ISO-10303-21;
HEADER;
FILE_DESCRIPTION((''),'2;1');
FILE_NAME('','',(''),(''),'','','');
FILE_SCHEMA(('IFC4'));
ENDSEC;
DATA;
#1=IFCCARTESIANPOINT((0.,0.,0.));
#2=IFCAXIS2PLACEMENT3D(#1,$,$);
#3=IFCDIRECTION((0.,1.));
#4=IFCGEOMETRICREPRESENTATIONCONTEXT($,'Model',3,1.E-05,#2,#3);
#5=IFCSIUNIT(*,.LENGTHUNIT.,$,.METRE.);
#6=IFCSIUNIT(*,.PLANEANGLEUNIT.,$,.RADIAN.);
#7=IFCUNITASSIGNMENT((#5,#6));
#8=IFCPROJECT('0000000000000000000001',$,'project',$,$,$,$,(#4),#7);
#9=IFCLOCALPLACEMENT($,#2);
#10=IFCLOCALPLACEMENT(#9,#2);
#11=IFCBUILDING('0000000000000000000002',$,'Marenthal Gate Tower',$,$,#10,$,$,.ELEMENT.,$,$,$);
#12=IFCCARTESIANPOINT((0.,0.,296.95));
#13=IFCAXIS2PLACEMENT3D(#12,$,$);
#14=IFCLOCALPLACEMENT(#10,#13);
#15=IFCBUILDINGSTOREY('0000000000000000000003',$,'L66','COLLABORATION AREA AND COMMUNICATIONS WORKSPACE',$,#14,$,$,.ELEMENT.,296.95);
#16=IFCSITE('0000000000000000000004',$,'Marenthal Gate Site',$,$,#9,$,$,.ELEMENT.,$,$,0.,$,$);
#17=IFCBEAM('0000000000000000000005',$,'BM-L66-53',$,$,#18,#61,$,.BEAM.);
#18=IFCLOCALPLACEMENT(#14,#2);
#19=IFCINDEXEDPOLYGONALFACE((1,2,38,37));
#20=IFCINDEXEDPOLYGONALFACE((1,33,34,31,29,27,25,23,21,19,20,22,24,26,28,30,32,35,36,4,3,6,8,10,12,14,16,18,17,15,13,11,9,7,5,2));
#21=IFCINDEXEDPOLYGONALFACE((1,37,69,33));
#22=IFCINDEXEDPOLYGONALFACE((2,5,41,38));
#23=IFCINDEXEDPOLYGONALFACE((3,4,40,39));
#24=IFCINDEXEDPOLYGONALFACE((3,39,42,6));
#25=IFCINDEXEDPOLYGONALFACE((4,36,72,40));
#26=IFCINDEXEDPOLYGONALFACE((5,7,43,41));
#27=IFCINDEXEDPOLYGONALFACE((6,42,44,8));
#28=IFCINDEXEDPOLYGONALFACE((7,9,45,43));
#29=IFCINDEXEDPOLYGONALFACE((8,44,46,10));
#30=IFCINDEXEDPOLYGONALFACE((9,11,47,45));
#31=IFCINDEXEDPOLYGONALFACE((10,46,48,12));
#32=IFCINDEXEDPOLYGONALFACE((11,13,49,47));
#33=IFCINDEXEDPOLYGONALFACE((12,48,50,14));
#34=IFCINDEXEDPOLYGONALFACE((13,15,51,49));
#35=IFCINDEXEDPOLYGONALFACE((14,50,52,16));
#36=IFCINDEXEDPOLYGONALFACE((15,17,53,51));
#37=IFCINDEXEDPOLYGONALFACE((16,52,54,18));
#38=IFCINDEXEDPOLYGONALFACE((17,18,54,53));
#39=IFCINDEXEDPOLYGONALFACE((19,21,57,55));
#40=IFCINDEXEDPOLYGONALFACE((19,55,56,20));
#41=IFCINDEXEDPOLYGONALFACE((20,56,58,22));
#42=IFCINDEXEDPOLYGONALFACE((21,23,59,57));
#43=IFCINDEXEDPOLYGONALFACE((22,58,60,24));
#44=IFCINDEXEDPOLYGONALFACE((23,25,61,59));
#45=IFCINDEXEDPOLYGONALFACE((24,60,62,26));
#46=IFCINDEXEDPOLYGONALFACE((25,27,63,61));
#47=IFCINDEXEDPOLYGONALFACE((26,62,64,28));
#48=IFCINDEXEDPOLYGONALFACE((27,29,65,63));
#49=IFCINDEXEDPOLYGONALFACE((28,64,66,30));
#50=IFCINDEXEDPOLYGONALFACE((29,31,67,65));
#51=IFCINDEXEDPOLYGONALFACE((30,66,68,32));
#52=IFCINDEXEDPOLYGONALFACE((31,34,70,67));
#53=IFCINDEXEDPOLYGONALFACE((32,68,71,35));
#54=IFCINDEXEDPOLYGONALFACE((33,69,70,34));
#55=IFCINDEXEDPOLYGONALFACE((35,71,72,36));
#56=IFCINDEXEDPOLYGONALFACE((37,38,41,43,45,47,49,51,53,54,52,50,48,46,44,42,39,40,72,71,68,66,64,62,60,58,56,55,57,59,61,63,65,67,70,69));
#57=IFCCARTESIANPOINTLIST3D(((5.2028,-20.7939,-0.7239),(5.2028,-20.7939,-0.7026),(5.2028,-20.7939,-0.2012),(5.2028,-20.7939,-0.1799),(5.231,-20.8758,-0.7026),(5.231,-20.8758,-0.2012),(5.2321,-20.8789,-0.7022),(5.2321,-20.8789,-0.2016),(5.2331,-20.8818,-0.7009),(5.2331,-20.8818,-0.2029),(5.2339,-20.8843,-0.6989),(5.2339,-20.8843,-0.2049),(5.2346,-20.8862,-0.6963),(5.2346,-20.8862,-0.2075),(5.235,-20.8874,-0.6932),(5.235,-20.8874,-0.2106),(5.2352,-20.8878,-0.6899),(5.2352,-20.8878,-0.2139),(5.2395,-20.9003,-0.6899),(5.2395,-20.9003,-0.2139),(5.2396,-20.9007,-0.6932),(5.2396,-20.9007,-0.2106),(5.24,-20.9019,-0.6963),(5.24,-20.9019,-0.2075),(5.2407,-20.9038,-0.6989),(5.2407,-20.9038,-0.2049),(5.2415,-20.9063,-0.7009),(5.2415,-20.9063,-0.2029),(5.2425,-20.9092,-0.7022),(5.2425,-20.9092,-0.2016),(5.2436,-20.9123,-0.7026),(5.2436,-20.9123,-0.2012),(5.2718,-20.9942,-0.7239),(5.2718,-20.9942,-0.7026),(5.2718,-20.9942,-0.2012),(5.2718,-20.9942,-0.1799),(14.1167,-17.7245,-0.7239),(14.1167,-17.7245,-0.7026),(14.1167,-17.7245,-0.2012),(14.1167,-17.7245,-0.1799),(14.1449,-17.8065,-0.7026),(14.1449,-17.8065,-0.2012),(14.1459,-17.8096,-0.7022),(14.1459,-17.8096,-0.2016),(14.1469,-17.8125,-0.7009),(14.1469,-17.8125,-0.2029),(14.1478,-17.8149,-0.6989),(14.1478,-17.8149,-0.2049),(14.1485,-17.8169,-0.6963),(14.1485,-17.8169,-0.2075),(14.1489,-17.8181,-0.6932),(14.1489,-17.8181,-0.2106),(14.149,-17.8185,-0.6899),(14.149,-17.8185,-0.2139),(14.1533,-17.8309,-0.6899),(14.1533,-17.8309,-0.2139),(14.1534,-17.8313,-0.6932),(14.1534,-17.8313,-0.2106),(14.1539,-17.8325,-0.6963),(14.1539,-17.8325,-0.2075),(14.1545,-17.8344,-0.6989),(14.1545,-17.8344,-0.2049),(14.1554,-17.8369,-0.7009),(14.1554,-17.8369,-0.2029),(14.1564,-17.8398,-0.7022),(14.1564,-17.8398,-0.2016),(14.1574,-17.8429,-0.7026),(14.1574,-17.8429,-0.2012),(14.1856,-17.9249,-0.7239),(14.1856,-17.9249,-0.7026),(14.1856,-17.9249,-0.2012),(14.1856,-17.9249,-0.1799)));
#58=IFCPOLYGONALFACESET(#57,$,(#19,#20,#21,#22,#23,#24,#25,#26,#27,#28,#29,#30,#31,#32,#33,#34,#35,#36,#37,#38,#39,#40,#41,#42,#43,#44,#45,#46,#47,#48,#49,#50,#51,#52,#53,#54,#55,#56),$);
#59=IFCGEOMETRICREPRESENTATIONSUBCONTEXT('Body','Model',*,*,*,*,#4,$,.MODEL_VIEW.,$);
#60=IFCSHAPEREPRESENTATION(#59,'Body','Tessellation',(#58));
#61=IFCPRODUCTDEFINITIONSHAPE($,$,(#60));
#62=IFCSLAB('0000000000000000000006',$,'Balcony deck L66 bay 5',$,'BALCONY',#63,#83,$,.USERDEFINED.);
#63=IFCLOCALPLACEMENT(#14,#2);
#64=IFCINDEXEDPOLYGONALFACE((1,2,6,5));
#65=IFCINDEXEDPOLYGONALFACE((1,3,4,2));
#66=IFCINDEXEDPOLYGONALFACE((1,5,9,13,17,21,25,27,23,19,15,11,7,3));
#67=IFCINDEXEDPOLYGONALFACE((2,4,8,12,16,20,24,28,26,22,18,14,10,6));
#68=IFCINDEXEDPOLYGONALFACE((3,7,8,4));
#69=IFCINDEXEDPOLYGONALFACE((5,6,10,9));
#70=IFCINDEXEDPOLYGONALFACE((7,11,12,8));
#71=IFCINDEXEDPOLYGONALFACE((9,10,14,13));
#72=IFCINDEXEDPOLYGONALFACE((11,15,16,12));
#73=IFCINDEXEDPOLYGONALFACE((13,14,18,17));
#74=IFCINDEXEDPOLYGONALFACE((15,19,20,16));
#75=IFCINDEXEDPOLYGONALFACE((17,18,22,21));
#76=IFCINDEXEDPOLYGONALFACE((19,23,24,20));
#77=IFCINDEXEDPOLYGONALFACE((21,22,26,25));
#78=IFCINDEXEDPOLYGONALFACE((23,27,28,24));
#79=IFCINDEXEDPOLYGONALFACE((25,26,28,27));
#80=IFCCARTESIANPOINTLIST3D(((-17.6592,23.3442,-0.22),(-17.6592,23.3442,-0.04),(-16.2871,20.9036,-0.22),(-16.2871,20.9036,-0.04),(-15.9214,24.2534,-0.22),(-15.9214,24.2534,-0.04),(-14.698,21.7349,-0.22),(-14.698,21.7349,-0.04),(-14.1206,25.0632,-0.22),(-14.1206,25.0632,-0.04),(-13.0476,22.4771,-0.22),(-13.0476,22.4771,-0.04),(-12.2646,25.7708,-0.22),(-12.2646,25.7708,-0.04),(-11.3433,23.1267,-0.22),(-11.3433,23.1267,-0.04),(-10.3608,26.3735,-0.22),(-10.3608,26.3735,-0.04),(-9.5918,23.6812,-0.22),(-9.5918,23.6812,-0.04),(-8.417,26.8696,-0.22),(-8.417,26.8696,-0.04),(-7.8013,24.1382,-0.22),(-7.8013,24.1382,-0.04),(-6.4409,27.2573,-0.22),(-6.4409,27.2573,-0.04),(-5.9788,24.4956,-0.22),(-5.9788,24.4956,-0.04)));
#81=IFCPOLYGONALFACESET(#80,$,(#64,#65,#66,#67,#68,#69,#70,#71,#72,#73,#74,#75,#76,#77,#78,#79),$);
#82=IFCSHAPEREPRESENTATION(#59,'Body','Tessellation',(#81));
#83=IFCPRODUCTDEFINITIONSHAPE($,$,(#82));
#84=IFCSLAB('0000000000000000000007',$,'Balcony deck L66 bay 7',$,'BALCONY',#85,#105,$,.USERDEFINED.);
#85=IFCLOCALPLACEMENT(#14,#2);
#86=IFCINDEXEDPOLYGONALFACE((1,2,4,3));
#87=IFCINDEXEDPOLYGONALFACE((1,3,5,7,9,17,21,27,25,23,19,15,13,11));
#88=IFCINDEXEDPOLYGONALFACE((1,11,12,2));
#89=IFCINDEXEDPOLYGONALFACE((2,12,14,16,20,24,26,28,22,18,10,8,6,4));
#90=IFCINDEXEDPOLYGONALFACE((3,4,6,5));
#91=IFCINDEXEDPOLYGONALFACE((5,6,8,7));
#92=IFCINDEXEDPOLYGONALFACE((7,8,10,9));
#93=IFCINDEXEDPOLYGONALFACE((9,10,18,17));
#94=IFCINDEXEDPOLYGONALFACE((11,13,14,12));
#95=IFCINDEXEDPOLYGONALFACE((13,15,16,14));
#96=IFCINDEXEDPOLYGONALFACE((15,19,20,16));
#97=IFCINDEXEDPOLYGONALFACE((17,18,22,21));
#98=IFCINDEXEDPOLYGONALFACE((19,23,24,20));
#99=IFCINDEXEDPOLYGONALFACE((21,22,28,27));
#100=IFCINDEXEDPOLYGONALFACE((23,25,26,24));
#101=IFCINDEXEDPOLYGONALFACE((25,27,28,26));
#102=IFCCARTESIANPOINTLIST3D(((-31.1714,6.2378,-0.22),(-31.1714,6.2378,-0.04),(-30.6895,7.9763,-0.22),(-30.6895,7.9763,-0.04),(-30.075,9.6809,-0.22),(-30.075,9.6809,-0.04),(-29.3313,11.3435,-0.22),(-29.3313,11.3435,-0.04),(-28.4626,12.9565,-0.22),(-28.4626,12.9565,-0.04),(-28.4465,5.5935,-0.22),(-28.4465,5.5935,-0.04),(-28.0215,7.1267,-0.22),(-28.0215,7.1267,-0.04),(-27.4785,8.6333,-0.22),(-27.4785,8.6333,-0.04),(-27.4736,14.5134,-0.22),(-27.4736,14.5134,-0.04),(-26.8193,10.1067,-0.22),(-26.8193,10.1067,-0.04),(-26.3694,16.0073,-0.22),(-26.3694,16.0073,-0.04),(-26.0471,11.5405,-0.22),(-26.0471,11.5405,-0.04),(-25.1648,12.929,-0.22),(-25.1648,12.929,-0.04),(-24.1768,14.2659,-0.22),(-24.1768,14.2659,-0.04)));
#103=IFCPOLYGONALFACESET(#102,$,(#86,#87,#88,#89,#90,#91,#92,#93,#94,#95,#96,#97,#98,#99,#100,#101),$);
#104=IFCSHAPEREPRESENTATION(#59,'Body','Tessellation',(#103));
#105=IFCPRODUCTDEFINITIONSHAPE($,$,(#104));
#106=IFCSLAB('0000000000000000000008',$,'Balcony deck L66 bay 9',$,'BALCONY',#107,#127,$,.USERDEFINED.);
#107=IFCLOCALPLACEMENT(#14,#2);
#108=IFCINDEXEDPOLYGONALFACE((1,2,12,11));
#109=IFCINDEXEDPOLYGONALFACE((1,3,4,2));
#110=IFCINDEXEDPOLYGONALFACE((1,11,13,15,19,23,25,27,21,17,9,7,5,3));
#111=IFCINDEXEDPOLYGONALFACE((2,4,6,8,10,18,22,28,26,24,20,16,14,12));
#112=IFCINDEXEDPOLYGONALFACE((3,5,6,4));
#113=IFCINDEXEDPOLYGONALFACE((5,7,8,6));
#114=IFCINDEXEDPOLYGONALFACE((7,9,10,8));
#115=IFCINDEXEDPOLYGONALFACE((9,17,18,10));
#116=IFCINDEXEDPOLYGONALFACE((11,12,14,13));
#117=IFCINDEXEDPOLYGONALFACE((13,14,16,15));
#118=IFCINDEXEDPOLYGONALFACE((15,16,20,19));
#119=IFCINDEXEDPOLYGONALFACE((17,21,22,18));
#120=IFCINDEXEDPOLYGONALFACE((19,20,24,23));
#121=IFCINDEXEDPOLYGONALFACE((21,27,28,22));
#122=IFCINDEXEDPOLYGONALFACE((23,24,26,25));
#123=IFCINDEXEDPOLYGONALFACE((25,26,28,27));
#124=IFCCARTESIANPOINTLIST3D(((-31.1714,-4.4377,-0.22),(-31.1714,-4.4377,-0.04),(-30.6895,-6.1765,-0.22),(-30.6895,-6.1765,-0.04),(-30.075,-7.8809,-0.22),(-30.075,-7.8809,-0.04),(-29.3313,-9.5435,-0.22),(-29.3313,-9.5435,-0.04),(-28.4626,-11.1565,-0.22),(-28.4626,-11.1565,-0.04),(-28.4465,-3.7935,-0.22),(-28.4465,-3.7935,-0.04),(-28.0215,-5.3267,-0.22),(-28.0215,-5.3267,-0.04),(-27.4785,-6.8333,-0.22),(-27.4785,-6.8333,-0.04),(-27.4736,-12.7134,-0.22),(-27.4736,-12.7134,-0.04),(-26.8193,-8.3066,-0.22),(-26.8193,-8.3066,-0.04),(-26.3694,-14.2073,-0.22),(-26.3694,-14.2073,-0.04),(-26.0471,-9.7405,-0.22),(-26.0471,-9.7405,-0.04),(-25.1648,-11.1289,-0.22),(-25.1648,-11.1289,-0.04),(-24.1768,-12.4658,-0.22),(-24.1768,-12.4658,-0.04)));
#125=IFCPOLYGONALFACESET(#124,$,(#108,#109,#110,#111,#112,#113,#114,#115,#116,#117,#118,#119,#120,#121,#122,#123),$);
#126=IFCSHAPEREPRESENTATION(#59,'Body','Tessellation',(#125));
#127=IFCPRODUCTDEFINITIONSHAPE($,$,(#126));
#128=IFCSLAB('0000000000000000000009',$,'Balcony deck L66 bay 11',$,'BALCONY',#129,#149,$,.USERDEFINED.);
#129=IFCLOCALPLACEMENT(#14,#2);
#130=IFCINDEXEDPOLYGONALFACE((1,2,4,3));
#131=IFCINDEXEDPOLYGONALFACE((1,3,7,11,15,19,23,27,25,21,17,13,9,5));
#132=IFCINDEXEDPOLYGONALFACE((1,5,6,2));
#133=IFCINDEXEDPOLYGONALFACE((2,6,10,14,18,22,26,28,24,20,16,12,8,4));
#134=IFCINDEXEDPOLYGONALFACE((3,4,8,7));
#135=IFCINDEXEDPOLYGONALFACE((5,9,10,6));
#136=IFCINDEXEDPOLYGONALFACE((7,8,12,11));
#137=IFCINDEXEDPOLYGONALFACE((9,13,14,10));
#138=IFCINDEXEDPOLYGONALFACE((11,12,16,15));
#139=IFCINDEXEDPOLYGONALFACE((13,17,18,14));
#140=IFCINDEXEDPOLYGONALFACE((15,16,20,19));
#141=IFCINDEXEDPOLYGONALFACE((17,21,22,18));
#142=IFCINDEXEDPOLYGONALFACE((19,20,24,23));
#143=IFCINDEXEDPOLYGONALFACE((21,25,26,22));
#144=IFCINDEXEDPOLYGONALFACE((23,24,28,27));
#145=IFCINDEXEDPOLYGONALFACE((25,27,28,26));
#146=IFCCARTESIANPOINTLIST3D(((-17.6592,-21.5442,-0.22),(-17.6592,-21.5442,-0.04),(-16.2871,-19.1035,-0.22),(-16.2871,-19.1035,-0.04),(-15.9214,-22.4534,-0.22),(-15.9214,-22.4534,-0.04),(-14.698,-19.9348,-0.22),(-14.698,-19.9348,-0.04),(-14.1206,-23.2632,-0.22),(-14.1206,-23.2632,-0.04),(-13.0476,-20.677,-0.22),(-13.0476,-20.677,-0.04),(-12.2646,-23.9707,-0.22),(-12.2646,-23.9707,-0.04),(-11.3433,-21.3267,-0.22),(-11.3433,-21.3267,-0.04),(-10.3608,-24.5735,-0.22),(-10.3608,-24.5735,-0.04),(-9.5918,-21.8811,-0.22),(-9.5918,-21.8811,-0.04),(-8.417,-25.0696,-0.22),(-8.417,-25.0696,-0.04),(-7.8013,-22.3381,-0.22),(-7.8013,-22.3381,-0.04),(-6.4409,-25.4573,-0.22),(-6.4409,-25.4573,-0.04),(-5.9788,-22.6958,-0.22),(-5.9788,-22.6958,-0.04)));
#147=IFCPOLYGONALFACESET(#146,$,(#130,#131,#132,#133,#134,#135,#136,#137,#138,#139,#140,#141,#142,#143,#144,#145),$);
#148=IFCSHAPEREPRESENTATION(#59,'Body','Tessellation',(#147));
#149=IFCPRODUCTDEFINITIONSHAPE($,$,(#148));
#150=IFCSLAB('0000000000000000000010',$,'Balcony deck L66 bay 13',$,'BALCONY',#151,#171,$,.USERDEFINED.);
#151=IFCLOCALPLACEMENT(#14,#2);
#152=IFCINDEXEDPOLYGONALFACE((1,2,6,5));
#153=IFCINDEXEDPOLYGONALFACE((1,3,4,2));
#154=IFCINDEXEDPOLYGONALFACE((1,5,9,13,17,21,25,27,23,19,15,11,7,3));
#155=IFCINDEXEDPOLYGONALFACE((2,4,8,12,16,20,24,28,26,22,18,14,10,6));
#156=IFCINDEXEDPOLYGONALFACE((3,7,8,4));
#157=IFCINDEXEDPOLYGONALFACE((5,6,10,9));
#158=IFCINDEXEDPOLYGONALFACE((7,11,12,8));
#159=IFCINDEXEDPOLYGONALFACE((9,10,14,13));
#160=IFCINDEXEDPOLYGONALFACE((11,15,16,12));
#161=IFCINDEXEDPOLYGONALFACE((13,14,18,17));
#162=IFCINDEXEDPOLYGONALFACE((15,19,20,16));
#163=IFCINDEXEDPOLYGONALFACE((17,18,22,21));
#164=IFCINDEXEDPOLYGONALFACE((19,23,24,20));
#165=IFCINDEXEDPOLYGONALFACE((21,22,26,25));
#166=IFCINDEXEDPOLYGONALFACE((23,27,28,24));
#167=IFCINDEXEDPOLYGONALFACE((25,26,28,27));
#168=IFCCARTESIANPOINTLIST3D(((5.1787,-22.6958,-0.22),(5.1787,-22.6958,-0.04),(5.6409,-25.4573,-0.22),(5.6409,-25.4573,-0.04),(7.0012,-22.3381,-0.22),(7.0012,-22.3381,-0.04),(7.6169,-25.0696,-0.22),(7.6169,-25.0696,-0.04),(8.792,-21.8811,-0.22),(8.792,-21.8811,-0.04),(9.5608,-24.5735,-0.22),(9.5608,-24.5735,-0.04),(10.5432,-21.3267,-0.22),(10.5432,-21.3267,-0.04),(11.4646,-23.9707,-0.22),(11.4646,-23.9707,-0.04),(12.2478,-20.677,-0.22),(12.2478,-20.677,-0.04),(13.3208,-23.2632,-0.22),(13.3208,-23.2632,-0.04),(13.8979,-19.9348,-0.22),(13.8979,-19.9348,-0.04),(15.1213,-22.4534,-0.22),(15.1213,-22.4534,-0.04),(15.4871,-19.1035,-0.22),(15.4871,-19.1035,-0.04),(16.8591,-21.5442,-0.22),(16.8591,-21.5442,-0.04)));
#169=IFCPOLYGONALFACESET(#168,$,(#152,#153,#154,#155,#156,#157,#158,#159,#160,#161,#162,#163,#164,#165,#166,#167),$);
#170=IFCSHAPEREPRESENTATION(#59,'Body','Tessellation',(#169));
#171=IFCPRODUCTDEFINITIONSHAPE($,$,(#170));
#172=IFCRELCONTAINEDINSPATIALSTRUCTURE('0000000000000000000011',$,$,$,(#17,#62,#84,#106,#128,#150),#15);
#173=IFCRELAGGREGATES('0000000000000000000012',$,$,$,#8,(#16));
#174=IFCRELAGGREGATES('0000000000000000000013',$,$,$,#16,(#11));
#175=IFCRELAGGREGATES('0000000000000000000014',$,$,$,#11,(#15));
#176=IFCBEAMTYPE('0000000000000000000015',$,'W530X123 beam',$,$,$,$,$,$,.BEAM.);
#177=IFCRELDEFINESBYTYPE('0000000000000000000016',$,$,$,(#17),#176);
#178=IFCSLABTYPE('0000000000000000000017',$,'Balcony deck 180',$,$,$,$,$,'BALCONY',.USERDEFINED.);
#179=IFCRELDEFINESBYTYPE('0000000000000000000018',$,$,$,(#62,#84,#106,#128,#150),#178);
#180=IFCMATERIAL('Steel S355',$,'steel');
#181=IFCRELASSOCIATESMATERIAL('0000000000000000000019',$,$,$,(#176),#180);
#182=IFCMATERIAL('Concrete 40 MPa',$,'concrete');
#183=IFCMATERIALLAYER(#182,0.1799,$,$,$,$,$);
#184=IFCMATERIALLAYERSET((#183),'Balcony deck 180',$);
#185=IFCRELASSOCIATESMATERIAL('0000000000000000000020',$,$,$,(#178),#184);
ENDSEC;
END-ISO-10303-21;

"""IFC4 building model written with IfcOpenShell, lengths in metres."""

from ifc_helpers import new_model, si_unit, direction, frame, origin, origin_2d, place, context, subcontext, project, spatial, polyline, i_section, outline, extrude, material, layer, layer_set, material_profile, profile_set, type_object, element, save


model = new_model("IFC4")

# Units and contexts
model_context = context("Model", 3, precision=1e-05, world=origin(), true_north=direction((0.0, 1.0)))
body_context = subcontext(model_context, "Body", "Model", "MODEL_VIEW")
ifc_project = project(units=[si_unit("LENGTHUNIT", "METRE"), si_unit("PLANEANGLEUNIT", "RADIAN")], contexts=[model_context])

# Site, building, storey
site_placement = place(None, origin())
site = spatial("IfcSite", under=ifc_project, at=site_placement, Name="Marenthal Gate Site", CompositionType="ELEMENT", RefElevation=0.0)
building_placement = place(site_placement, origin())
building = spatial("IfcBuilding", under=site, at=building_placement, Name="Marenthal Gate Tower", CompositionType="ELEMENT")
storey_placement = place(building_placement, frame((0.0, 0.0, 296.95)))
storey = spatial("IfcBuildingStorey", under=building, at=storey_placement, Name="L66", Description="COLLABORATION AREA AND COMMUNICATIONS WORKSPACE", CompositionType="ELEMENT", Elevation=296.95)

# Beam
ifc_material_1 = material(Name="Steel S355", Category="steel")
ifc_material_profile_1 = material_profile(ifc_material_1, i_section(OverallWidth=0.2119, OverallDepth=0.5439, WebThickness=0.0132, FlangeThickness=0.0212, FilletRadius=0.0127, at=origin_2d()), Name="W530X123")
ifc_profile_set_1 = profile_set([ifc_material_profile_1], Name="Steel S355")
beam_type_1 = type_object("IfcBeamType", Name="W530X123 beam", PredefinedType="BEAM", material=ifc_profile_set_1)
beam_1_placement = place(storey_placement, frame((5.2373, -20.894, -0.4519), z_axis=(0.945517, 0.325574, 0.0), x_axis=(-0.325574, 0.945517, 0.0)))
element("IfcBeam", 1, at=beam_1_placement, inside=storey, type_object=beam_type_1, Name="BM-L66-53", PredefinedType="BEAM", context=body_context, shape_type="SweptSolid", body=[
    extrude(i_section(OverallWidth=0.2119, OverallDepth=0.5439, WebThickness=0.0132, FlangeThickness=0.0212, FilletRadius=0.0127, at=origin_2d()), origin(), (0.0, 0.0, 1.0), 9.4275),
])

# Slabs
ifc_material_2 = material(Name="Concrete 40 MPa", Category="concrete")
ifc_layer_1 = layer(ifc_material_2, 0.1799)
ifc_layer_set_1 = layer_set([ifc_layer_1], Name="Balcony deck 180")
slab_type_1 = type_object("IfcSlabType", Name="Balcony deck 180", ElementType="BALCONY", PredefinedType="USERDEFINED", material=ifc_layer_set_1)
slab_1_placement = place(storey_placement, frame((0.0, 0.0, -0.22)))
element("IfcSlab", 2, at=slab_1_placement, inside=storey, type_object=slab_type_1, Name="Balcony deck L66 bay 5", ObjectType="BALCONY", PredefinedType="USERDEFINED", context=body_context, shape_type="SweptSolid", body=[
    extrude(outline(polyline([(-5.9788, 24.4956), (-7.8013, 24.1382), (-9.5918, 23.6812), (-11.3433, 23.1267), (-13.0476, 22.4771), (-14.698, 21.7349), (-16.2871, 20.9036), (-17.6592, 23.3442), (-15.9214, 24.2534), (-14.1206, 25.0632), (-12.2646, 25.7708), (-10.3608, 26.3735), (-8.417, 26.8696), (-6.4409, 27.2573), (-5.9788, 24.4956)])), origin(), (0.0, 0.0, 1.0), 0.1799),
])
slab_2_placement = place(storey_placement, frame((0.0, 0.0, -0.22)))
element("IfcSlab", 3, at=slab_2_placement, inside=storey, type_object=slab_type_1, Name="Balcony deck L66 bay 7", ObjectType="BALCONY", PredefinedType="USERDEFINED", context=body_context, shape_type="SweptSolid", body=[
    extrude(outline(polyline([(-24.1768, 14.2659), (-25.1648, 12.929), (-26.0471, 11.5405), (-26.8193, 10.1067), (-27.4785, 8.6333), (-28.0215, 7.1267), (-28.4465, 5.5935), (-31.1714, 6.2378), (-30.6895, 7.9763), (-30.075, 9.6809), (-29.3313, 11.3435), (-28.4626, 12.9565), (-27.4736, 14.5134), (-26.3694, 16.0073), (-24.1768, 14.2659)])), origin(), (0.0, 0.0, 1.0), 0.1799),
])
slab_3_placement = place(storey_placement, frame((0.0, 0.0, -0.22)))
element("IfcSlab", 4, at=slab_3_placement, inside=storey, type_object=slab_type_1, Name="Balcony deck L66 bay 9", ObjectType="BALCONY", PredefinedType="USERDEFINED", context=body_context, shape_type="SweptSolid", body=[
    extrude(outline(polyline([(-28.4465, -3.7935), (-28.0215, -5.3267), (-27.4785, -6.8333), (-26.8193, -8.3066), (-26.0471, -9.7405), (-25.1648, -11.1289), (-24.1768, -12.4658), (-26.3694, -14.2073), (-27.4736, -12.7134), (-28.4626, -11.1565), (-29.3313, -9.5435), (-30.075, -7.8809), (-30.6895, -6.1765), (-31.1714, -4.4377), (-28.4465, -3.7935)])), origin(), (0.0, 0.0, 1.0), 0.1799),
])
slab_4_placement = place(storey_placement, frame((0.0, 0.0, -0.22)))
element("IfcSlab", 5, at=slab_4_placement, inside=storey, type_object=slab_type_1, Name="Balcony deck L66 bay 11", ObjectType="BALCONY", PredefinedType="USERDEFINED", context=body_context, shape_type="SweptSolid", body=[
    extrude(outline(polyline([(-16.2871, -19.1035), (-14.698, -19.9348), (-13.0476, -20.677), (-11.3433, -21.3267), (-9.5918, -21.8811), (-7.8013, -22.3381), (-5.9788, -22.6958), (-6.4409, -25.4573), (-8.417, -25.0696), (-10.3608, -24.5735), (-12.2646, -23.9707), (-14.1206, -23.2632), (-15.9214, -22.4534), (-17.6592, -21.5442), (-16.2871, -19.1035)])), origin(), (0.0, 0.0, 1.0), 0.1799),
])
slab_5_placement = place(storey_placement, frame((0.0, 0.0, -0.22)))
element("IfcSlab", 6, at=slab_5_placement, inside=storey, type_object=slab_type_1, Name="Balcony deck L66 bay 13", ObjectType="BALCONY", PredefinedType="USERDEFINED", context=body_context, shape_type="SweptSolid", body=[
    extrude(outline(polyline([(5.1787, -22.6958), (7.0012, -22.3381), (8.792, -21.8811), (10.5432, -21.3267), (12.2478, -20.677), (13.8979, -19.9348), (15.4871, -19.1035), (16.8591, -21.5442), (15.1213, -22.4534), (13.3208, -23.2632), (11.4646, -23.9707), (9.5608, -24.5735), (7.6169, -25.0696), (5.6409, -25.4573), (5.1787, -22.6958)])), origin(), (0.0, 0.0, 1.0), 0.1799),
])

save(model, "model.ifc")
